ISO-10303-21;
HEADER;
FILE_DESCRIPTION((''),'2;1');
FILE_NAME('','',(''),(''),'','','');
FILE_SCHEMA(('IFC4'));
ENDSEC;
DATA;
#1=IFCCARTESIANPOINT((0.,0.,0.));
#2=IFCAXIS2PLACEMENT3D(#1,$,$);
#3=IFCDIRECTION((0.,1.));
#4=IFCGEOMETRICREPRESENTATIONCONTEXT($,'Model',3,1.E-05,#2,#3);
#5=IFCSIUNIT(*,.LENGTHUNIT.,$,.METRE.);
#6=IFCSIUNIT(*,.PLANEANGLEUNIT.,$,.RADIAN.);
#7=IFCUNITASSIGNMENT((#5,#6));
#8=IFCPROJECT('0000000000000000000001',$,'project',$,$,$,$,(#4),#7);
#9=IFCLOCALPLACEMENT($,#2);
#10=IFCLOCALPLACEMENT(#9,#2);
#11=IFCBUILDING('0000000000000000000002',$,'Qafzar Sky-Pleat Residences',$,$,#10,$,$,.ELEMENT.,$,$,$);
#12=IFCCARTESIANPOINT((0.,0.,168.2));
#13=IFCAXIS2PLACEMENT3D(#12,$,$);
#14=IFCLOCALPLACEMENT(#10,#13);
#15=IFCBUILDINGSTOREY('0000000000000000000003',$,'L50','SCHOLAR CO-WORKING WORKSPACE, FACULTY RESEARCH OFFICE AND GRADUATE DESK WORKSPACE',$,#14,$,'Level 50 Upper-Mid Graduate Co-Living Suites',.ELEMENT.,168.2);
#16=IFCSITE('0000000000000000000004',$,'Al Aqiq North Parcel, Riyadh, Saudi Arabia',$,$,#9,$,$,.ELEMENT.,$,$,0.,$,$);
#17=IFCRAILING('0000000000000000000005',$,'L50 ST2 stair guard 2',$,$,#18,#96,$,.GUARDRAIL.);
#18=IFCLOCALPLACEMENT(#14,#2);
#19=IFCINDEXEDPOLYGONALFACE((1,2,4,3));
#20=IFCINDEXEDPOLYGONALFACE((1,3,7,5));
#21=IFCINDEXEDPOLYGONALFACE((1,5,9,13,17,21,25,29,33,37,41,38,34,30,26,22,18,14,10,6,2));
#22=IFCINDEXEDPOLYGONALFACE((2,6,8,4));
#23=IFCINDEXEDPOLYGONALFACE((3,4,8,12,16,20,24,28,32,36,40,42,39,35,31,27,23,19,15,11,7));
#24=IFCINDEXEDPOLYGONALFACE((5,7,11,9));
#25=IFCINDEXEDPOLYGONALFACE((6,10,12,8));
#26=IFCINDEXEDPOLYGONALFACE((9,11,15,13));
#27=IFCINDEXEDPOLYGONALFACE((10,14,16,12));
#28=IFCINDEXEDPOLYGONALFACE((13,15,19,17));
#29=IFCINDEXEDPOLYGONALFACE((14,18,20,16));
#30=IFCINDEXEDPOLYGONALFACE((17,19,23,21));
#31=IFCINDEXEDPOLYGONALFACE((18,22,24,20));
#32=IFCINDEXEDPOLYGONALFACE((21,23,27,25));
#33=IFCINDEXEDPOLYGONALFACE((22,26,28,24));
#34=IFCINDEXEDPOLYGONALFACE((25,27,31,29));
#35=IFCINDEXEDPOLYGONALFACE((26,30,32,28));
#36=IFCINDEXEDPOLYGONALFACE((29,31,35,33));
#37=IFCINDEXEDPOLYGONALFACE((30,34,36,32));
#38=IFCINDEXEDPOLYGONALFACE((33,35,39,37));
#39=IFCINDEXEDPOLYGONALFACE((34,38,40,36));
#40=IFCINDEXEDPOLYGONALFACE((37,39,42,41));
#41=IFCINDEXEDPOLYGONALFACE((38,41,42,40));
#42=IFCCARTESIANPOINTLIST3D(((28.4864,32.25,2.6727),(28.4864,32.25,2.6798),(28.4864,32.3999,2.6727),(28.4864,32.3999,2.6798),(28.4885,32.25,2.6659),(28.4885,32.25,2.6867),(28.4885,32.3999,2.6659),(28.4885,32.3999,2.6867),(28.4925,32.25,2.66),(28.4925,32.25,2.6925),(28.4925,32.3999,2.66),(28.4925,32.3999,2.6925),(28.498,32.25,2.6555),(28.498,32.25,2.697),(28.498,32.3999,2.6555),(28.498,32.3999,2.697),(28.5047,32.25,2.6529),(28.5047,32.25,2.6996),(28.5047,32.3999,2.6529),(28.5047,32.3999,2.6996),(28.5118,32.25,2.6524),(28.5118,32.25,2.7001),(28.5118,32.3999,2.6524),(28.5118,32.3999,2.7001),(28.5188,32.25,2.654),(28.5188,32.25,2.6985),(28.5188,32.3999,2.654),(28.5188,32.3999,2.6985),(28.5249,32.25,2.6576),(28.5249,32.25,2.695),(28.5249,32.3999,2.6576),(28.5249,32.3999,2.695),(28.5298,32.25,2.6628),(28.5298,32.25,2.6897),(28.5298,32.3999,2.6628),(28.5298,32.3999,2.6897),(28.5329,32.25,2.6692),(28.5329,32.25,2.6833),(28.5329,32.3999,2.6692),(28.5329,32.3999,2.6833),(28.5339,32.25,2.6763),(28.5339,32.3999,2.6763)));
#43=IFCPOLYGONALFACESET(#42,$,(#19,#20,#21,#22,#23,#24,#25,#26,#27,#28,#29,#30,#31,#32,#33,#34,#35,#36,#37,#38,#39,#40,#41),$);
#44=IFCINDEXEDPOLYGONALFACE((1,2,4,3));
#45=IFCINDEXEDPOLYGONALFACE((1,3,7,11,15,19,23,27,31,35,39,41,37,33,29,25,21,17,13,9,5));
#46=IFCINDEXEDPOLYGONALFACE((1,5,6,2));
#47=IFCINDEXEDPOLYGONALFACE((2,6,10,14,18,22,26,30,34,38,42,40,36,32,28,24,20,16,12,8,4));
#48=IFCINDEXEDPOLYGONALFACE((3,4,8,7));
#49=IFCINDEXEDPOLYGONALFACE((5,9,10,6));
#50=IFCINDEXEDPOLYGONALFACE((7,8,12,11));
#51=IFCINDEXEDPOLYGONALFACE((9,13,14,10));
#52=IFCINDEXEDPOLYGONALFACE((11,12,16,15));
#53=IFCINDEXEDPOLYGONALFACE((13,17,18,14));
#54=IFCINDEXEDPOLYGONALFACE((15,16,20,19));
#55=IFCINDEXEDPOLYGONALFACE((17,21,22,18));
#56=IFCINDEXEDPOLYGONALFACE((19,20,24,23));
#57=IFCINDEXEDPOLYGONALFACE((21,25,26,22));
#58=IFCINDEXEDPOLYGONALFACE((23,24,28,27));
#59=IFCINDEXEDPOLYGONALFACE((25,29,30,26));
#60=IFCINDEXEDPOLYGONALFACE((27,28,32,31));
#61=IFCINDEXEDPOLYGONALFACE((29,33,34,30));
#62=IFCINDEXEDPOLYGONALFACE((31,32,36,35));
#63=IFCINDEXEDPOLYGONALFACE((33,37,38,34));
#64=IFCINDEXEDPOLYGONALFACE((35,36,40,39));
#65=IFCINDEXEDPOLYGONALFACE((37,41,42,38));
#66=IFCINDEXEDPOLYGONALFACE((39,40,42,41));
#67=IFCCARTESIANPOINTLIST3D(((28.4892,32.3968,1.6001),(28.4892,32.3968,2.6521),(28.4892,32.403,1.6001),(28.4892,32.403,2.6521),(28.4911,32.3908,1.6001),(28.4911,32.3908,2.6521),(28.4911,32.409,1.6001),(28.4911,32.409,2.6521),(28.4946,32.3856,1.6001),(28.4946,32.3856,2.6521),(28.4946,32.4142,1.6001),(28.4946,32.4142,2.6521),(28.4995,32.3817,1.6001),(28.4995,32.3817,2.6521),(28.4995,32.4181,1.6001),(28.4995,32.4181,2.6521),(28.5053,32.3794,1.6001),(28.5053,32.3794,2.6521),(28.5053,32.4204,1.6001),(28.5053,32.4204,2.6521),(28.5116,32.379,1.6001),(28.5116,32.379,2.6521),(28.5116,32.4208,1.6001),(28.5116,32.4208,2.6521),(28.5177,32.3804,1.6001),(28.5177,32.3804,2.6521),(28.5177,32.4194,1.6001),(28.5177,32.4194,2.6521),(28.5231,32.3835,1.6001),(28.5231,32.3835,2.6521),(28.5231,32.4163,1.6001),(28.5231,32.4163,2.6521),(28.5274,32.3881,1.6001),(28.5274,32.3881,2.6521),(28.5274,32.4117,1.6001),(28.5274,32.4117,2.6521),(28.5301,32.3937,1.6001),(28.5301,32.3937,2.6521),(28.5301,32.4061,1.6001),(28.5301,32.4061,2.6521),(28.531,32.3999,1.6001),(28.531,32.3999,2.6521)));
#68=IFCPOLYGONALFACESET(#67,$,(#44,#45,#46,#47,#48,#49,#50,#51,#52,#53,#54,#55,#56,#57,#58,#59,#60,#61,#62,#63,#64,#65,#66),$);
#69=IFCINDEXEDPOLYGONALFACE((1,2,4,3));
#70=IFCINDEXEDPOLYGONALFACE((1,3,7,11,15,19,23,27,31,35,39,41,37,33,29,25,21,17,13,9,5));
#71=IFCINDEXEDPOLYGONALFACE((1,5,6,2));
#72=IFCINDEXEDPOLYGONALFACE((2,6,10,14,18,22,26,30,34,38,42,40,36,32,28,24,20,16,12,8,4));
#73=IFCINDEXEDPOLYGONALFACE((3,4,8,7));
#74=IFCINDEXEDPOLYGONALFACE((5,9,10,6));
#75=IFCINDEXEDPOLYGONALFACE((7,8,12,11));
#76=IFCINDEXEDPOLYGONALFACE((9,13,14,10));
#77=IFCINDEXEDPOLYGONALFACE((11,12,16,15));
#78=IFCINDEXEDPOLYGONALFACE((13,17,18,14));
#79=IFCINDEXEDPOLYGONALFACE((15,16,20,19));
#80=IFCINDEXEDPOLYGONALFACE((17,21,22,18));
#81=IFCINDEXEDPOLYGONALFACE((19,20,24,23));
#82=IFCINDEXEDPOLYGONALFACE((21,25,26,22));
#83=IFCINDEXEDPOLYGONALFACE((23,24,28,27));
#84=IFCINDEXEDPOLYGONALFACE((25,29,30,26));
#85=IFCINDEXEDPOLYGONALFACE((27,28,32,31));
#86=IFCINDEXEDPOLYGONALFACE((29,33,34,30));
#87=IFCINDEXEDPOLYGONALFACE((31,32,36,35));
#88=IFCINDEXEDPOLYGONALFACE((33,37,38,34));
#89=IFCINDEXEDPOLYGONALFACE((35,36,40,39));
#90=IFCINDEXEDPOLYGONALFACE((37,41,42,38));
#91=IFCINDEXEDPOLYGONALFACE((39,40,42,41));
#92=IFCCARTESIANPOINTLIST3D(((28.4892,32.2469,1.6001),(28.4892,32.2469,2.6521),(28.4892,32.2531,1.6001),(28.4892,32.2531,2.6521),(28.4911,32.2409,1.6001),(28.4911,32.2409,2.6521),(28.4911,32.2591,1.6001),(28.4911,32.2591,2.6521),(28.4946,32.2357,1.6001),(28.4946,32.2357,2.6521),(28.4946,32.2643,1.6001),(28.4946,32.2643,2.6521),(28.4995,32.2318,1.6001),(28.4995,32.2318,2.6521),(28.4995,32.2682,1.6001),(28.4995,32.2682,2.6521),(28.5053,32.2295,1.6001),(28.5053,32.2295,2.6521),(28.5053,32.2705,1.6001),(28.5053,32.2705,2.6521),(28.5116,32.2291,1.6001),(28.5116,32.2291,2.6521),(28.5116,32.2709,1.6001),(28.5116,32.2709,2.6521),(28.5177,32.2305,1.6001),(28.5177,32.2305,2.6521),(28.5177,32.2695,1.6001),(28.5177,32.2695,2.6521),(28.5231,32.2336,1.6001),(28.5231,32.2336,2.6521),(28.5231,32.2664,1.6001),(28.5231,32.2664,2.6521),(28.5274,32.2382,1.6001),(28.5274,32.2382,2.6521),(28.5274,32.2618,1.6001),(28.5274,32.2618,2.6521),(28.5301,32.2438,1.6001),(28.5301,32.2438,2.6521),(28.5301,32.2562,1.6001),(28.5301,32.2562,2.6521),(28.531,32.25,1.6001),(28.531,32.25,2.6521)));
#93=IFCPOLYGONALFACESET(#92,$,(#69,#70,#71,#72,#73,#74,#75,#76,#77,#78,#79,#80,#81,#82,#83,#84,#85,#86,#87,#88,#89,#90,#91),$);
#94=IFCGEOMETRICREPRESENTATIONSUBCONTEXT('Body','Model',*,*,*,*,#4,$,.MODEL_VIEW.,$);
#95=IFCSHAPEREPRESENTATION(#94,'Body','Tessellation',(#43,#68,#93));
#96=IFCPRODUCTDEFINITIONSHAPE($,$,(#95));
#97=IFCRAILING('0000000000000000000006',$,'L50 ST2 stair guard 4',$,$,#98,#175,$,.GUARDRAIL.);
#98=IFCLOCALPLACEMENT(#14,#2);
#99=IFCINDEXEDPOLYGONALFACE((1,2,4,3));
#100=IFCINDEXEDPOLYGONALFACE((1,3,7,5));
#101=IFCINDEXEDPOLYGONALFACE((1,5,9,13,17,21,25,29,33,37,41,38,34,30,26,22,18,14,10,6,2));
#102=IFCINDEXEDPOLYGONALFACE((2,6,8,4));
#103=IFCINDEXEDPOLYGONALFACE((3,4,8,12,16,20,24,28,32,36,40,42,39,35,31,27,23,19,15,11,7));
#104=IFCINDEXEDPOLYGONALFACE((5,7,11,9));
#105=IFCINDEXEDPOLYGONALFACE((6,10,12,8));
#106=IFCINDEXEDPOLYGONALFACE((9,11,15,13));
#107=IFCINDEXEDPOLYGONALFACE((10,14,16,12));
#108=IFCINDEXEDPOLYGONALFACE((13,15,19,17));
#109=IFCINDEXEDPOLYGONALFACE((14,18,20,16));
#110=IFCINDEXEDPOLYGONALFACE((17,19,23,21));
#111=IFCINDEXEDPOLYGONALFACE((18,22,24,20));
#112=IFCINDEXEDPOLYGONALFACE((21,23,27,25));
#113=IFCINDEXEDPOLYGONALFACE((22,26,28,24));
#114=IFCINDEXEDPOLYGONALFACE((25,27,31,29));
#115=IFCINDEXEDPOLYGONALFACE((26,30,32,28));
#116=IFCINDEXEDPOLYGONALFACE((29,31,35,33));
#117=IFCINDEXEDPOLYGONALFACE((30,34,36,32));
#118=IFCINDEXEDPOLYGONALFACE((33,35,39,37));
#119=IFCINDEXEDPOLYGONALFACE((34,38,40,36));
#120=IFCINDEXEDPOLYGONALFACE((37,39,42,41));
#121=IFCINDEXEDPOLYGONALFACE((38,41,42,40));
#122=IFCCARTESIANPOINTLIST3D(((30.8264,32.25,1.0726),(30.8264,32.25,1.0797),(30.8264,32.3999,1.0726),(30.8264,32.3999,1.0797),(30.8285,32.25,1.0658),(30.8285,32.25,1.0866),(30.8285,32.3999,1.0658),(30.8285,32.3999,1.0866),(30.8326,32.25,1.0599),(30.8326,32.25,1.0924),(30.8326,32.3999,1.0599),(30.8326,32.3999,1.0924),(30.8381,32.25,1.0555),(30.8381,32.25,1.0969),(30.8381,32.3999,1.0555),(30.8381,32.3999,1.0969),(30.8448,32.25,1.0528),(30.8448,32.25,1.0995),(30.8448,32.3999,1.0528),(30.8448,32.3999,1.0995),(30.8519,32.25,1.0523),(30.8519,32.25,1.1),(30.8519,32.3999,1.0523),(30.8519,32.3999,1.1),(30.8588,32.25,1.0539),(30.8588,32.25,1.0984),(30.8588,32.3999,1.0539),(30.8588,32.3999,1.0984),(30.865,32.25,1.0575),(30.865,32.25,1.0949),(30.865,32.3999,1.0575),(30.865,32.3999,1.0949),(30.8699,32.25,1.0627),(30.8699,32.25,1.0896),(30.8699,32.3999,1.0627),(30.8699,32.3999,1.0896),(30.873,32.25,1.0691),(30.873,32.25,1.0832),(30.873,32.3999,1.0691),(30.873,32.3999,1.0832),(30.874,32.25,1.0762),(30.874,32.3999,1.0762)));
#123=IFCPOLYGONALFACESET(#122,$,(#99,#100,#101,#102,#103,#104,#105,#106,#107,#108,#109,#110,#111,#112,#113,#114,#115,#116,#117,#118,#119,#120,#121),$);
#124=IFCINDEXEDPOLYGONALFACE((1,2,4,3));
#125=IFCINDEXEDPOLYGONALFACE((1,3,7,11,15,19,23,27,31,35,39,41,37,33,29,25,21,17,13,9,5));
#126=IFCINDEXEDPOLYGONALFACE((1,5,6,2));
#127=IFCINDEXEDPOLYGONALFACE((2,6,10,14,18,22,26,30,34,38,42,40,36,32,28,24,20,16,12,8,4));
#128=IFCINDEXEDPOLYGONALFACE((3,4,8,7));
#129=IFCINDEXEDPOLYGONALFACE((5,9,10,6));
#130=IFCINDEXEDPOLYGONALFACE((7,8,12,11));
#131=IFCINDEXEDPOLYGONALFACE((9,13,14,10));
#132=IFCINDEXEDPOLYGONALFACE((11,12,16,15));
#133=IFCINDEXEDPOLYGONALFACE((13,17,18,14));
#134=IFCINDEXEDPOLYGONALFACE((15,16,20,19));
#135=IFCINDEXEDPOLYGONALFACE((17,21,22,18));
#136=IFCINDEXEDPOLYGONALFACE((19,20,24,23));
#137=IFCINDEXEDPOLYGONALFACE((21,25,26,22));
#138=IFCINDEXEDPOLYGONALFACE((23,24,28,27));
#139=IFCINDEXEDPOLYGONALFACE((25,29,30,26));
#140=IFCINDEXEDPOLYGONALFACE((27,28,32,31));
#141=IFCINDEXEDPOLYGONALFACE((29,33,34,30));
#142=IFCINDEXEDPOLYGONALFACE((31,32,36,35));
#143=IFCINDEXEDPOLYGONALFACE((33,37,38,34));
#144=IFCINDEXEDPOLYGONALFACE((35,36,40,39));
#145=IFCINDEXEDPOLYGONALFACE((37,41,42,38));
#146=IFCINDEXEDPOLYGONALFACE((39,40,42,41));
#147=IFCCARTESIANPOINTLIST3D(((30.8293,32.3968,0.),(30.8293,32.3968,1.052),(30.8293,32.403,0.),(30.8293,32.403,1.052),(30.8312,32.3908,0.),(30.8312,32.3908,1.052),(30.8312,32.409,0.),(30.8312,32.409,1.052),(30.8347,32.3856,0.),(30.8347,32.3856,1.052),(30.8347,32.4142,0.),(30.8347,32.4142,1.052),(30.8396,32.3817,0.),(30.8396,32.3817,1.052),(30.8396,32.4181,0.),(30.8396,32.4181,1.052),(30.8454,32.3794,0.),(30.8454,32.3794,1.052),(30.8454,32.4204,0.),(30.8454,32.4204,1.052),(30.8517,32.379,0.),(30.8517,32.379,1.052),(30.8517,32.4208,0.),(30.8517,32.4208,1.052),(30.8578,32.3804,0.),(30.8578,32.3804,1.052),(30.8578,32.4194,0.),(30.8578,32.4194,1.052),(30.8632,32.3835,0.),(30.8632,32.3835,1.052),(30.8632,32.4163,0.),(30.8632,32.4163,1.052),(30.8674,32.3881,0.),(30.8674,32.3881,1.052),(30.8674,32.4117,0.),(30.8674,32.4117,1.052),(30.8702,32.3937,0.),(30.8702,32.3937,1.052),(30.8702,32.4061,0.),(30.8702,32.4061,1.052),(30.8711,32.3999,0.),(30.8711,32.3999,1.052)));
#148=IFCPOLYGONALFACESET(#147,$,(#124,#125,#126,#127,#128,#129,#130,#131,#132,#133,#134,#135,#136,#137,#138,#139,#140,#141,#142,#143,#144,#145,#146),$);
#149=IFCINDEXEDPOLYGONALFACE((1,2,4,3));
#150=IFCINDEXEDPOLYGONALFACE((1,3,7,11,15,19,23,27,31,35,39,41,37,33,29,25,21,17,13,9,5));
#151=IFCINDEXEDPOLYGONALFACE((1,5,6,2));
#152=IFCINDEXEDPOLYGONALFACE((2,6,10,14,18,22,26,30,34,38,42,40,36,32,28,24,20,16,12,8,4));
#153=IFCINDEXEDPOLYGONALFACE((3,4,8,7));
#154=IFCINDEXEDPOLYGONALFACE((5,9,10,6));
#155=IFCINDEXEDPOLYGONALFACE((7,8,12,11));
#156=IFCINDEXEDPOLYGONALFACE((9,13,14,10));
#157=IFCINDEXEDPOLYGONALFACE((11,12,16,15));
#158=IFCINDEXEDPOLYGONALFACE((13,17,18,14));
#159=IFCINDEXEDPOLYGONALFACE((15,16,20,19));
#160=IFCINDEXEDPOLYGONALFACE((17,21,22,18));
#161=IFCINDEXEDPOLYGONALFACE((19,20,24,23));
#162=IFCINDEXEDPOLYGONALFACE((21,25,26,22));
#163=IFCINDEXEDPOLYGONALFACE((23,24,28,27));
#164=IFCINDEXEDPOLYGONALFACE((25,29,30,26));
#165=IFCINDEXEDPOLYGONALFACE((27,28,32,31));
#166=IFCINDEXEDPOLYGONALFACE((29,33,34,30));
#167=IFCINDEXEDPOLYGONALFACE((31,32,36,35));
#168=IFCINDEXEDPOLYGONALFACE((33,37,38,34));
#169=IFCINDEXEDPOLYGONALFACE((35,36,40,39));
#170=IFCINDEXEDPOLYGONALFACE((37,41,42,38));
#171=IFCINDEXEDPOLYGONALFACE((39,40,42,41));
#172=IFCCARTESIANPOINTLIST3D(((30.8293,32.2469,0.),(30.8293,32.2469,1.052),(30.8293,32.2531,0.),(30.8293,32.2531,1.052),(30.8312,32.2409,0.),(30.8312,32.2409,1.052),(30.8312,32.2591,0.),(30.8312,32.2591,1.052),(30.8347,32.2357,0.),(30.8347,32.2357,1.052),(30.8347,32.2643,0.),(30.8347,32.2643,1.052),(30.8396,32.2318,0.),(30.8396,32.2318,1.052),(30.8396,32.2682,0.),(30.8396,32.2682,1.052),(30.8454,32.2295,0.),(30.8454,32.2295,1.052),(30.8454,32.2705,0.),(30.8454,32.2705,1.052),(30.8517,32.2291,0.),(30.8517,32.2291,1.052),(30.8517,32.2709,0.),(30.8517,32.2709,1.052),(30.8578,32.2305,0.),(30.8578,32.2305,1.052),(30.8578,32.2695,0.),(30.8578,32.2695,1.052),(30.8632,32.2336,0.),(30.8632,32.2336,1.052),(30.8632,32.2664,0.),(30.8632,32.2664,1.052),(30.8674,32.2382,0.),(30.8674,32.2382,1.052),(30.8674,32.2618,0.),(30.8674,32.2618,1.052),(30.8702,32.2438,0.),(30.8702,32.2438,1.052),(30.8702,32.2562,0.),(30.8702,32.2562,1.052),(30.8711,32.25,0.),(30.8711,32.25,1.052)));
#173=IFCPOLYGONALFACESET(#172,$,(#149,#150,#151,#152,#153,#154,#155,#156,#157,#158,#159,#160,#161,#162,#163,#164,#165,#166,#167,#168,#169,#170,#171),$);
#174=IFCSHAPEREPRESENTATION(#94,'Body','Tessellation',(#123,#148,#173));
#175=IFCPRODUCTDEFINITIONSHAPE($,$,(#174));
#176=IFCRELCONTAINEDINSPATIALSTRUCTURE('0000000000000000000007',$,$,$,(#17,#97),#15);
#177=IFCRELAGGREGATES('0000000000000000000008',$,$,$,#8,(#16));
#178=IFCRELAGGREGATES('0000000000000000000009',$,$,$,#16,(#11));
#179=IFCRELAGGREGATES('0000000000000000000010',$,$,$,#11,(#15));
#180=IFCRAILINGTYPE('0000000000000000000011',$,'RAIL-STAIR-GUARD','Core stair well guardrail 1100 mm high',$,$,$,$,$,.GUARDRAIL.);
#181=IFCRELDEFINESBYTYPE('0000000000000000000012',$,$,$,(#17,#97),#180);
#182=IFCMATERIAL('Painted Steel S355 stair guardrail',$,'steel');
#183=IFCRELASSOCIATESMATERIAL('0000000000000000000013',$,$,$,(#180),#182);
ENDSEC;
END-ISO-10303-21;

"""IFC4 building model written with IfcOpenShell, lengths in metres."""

from ifc_helpers import new_model, si_unit, direction, frame, origin, origin_2d, place, context, subcontext, project, spatial, circle, extrude, source, transform, mapped, material, type_object, element, save


model = new_model("IFC4")

# Units and contexts
model_context = context("Model", 3, precision=1e-05, world=origin(), true_north=direction((0.0, 1.0)))
body_context = subcontext(model_context, "Body", "Model", "MODEL_VIEW")
ifc_project = project(units=[si_unit("LENGTHUNIT", "METRE"), si_unit("PLANEANGLEUNIT", "RADIAN")], contexts=[model_context])

# Site, building, storey
site_placement = place(None, origin())
site = spatial("IfcSite", under=ifc_project, at=site_placement, Name="Al Aqiq North Parcel, Riyadh, Saudi Arabia", CompositionType="ELEMENT", RefElevation=0.0)
building_placement = place(site_placement, origin())
building = spatial("IfcBuilding", under=site, at=building_placement, Name="Qafzar Sky-Pleat Residences", CompositionType="ELEMENT")
storey_placement = place(building_placement, frame((0.0, 0.0, 168.2)))
storey = spatial("IfcBuildingStorey", under=building, at=storey_placement, Name="L50", Description="SCHOLAR CO-WORKING WORKSPACE, FACULTY RESEARCH OFFICE AND GRADUATE DESK WORKSPACE", LongName="Level 50 Upper-Mid Graduate Co-Living Suites", CompositionType="ELEMENT", Elevation=168.2)

# Railings
ifc_material_1 = material(Name="Painted Steel S355 stair guardrail", Category="steel")
railing_type_1 = type_object("IfcRailingType", Name="RAIL-STAIR-GUARD", Description="Core stair well guardrail 1100 mm high", PredefinedType="GUARDRAIL", material=ifc_material_1)
shared_shape_1 = source(origin(), body_context, "Body", "SweptSolid", [
    extrude(circle(Radius=0.0239, at=origin_2d()), frame((0.0, 0.0, 1.0762), z_axis=(0.0, -1.0, 0.0), x_axis=(1.0, 0.0, 0.0)), (0.0, 0.0, 1.0), 0.1499),
    extrude(circle(Radius=0.021, at=origin_2d()), origin(), (0.0, 0.0, 1.0), 1.052),
    extrude(circle(Radius=0.021, at=origin_2d()), frame((0.0, -0.1499, 0.0)), (0.0, 0.0, 1.0), 1.052),
])
for number, where, name in (
    (1, (28.51, 32.3999, 1.6001), "L50 ST2 stair guard 2"),
    (2, (30.8501, 32.3999, 0.0), "L50 ST2 stair guard 4"),
):
    element("IfcRailing", number, at=place(storey_placement, frame(where)), inside=storey, type_object=railing_type_1, Name=name, PredefinedType="GUARDRAIL", context=body_context, shape_type="MappedRepresentation", body=[
        mapped(shared_shape_1, transform((0.0, 0.0, 0.0), x_axis=(1.0, 0.0, 0.0), y_axis=(0.0, 1.0, 0.0), z_axis=(0.0, 0.0, 1.0), scale=1.0)),
    ])

save(model, "model.ifc")
